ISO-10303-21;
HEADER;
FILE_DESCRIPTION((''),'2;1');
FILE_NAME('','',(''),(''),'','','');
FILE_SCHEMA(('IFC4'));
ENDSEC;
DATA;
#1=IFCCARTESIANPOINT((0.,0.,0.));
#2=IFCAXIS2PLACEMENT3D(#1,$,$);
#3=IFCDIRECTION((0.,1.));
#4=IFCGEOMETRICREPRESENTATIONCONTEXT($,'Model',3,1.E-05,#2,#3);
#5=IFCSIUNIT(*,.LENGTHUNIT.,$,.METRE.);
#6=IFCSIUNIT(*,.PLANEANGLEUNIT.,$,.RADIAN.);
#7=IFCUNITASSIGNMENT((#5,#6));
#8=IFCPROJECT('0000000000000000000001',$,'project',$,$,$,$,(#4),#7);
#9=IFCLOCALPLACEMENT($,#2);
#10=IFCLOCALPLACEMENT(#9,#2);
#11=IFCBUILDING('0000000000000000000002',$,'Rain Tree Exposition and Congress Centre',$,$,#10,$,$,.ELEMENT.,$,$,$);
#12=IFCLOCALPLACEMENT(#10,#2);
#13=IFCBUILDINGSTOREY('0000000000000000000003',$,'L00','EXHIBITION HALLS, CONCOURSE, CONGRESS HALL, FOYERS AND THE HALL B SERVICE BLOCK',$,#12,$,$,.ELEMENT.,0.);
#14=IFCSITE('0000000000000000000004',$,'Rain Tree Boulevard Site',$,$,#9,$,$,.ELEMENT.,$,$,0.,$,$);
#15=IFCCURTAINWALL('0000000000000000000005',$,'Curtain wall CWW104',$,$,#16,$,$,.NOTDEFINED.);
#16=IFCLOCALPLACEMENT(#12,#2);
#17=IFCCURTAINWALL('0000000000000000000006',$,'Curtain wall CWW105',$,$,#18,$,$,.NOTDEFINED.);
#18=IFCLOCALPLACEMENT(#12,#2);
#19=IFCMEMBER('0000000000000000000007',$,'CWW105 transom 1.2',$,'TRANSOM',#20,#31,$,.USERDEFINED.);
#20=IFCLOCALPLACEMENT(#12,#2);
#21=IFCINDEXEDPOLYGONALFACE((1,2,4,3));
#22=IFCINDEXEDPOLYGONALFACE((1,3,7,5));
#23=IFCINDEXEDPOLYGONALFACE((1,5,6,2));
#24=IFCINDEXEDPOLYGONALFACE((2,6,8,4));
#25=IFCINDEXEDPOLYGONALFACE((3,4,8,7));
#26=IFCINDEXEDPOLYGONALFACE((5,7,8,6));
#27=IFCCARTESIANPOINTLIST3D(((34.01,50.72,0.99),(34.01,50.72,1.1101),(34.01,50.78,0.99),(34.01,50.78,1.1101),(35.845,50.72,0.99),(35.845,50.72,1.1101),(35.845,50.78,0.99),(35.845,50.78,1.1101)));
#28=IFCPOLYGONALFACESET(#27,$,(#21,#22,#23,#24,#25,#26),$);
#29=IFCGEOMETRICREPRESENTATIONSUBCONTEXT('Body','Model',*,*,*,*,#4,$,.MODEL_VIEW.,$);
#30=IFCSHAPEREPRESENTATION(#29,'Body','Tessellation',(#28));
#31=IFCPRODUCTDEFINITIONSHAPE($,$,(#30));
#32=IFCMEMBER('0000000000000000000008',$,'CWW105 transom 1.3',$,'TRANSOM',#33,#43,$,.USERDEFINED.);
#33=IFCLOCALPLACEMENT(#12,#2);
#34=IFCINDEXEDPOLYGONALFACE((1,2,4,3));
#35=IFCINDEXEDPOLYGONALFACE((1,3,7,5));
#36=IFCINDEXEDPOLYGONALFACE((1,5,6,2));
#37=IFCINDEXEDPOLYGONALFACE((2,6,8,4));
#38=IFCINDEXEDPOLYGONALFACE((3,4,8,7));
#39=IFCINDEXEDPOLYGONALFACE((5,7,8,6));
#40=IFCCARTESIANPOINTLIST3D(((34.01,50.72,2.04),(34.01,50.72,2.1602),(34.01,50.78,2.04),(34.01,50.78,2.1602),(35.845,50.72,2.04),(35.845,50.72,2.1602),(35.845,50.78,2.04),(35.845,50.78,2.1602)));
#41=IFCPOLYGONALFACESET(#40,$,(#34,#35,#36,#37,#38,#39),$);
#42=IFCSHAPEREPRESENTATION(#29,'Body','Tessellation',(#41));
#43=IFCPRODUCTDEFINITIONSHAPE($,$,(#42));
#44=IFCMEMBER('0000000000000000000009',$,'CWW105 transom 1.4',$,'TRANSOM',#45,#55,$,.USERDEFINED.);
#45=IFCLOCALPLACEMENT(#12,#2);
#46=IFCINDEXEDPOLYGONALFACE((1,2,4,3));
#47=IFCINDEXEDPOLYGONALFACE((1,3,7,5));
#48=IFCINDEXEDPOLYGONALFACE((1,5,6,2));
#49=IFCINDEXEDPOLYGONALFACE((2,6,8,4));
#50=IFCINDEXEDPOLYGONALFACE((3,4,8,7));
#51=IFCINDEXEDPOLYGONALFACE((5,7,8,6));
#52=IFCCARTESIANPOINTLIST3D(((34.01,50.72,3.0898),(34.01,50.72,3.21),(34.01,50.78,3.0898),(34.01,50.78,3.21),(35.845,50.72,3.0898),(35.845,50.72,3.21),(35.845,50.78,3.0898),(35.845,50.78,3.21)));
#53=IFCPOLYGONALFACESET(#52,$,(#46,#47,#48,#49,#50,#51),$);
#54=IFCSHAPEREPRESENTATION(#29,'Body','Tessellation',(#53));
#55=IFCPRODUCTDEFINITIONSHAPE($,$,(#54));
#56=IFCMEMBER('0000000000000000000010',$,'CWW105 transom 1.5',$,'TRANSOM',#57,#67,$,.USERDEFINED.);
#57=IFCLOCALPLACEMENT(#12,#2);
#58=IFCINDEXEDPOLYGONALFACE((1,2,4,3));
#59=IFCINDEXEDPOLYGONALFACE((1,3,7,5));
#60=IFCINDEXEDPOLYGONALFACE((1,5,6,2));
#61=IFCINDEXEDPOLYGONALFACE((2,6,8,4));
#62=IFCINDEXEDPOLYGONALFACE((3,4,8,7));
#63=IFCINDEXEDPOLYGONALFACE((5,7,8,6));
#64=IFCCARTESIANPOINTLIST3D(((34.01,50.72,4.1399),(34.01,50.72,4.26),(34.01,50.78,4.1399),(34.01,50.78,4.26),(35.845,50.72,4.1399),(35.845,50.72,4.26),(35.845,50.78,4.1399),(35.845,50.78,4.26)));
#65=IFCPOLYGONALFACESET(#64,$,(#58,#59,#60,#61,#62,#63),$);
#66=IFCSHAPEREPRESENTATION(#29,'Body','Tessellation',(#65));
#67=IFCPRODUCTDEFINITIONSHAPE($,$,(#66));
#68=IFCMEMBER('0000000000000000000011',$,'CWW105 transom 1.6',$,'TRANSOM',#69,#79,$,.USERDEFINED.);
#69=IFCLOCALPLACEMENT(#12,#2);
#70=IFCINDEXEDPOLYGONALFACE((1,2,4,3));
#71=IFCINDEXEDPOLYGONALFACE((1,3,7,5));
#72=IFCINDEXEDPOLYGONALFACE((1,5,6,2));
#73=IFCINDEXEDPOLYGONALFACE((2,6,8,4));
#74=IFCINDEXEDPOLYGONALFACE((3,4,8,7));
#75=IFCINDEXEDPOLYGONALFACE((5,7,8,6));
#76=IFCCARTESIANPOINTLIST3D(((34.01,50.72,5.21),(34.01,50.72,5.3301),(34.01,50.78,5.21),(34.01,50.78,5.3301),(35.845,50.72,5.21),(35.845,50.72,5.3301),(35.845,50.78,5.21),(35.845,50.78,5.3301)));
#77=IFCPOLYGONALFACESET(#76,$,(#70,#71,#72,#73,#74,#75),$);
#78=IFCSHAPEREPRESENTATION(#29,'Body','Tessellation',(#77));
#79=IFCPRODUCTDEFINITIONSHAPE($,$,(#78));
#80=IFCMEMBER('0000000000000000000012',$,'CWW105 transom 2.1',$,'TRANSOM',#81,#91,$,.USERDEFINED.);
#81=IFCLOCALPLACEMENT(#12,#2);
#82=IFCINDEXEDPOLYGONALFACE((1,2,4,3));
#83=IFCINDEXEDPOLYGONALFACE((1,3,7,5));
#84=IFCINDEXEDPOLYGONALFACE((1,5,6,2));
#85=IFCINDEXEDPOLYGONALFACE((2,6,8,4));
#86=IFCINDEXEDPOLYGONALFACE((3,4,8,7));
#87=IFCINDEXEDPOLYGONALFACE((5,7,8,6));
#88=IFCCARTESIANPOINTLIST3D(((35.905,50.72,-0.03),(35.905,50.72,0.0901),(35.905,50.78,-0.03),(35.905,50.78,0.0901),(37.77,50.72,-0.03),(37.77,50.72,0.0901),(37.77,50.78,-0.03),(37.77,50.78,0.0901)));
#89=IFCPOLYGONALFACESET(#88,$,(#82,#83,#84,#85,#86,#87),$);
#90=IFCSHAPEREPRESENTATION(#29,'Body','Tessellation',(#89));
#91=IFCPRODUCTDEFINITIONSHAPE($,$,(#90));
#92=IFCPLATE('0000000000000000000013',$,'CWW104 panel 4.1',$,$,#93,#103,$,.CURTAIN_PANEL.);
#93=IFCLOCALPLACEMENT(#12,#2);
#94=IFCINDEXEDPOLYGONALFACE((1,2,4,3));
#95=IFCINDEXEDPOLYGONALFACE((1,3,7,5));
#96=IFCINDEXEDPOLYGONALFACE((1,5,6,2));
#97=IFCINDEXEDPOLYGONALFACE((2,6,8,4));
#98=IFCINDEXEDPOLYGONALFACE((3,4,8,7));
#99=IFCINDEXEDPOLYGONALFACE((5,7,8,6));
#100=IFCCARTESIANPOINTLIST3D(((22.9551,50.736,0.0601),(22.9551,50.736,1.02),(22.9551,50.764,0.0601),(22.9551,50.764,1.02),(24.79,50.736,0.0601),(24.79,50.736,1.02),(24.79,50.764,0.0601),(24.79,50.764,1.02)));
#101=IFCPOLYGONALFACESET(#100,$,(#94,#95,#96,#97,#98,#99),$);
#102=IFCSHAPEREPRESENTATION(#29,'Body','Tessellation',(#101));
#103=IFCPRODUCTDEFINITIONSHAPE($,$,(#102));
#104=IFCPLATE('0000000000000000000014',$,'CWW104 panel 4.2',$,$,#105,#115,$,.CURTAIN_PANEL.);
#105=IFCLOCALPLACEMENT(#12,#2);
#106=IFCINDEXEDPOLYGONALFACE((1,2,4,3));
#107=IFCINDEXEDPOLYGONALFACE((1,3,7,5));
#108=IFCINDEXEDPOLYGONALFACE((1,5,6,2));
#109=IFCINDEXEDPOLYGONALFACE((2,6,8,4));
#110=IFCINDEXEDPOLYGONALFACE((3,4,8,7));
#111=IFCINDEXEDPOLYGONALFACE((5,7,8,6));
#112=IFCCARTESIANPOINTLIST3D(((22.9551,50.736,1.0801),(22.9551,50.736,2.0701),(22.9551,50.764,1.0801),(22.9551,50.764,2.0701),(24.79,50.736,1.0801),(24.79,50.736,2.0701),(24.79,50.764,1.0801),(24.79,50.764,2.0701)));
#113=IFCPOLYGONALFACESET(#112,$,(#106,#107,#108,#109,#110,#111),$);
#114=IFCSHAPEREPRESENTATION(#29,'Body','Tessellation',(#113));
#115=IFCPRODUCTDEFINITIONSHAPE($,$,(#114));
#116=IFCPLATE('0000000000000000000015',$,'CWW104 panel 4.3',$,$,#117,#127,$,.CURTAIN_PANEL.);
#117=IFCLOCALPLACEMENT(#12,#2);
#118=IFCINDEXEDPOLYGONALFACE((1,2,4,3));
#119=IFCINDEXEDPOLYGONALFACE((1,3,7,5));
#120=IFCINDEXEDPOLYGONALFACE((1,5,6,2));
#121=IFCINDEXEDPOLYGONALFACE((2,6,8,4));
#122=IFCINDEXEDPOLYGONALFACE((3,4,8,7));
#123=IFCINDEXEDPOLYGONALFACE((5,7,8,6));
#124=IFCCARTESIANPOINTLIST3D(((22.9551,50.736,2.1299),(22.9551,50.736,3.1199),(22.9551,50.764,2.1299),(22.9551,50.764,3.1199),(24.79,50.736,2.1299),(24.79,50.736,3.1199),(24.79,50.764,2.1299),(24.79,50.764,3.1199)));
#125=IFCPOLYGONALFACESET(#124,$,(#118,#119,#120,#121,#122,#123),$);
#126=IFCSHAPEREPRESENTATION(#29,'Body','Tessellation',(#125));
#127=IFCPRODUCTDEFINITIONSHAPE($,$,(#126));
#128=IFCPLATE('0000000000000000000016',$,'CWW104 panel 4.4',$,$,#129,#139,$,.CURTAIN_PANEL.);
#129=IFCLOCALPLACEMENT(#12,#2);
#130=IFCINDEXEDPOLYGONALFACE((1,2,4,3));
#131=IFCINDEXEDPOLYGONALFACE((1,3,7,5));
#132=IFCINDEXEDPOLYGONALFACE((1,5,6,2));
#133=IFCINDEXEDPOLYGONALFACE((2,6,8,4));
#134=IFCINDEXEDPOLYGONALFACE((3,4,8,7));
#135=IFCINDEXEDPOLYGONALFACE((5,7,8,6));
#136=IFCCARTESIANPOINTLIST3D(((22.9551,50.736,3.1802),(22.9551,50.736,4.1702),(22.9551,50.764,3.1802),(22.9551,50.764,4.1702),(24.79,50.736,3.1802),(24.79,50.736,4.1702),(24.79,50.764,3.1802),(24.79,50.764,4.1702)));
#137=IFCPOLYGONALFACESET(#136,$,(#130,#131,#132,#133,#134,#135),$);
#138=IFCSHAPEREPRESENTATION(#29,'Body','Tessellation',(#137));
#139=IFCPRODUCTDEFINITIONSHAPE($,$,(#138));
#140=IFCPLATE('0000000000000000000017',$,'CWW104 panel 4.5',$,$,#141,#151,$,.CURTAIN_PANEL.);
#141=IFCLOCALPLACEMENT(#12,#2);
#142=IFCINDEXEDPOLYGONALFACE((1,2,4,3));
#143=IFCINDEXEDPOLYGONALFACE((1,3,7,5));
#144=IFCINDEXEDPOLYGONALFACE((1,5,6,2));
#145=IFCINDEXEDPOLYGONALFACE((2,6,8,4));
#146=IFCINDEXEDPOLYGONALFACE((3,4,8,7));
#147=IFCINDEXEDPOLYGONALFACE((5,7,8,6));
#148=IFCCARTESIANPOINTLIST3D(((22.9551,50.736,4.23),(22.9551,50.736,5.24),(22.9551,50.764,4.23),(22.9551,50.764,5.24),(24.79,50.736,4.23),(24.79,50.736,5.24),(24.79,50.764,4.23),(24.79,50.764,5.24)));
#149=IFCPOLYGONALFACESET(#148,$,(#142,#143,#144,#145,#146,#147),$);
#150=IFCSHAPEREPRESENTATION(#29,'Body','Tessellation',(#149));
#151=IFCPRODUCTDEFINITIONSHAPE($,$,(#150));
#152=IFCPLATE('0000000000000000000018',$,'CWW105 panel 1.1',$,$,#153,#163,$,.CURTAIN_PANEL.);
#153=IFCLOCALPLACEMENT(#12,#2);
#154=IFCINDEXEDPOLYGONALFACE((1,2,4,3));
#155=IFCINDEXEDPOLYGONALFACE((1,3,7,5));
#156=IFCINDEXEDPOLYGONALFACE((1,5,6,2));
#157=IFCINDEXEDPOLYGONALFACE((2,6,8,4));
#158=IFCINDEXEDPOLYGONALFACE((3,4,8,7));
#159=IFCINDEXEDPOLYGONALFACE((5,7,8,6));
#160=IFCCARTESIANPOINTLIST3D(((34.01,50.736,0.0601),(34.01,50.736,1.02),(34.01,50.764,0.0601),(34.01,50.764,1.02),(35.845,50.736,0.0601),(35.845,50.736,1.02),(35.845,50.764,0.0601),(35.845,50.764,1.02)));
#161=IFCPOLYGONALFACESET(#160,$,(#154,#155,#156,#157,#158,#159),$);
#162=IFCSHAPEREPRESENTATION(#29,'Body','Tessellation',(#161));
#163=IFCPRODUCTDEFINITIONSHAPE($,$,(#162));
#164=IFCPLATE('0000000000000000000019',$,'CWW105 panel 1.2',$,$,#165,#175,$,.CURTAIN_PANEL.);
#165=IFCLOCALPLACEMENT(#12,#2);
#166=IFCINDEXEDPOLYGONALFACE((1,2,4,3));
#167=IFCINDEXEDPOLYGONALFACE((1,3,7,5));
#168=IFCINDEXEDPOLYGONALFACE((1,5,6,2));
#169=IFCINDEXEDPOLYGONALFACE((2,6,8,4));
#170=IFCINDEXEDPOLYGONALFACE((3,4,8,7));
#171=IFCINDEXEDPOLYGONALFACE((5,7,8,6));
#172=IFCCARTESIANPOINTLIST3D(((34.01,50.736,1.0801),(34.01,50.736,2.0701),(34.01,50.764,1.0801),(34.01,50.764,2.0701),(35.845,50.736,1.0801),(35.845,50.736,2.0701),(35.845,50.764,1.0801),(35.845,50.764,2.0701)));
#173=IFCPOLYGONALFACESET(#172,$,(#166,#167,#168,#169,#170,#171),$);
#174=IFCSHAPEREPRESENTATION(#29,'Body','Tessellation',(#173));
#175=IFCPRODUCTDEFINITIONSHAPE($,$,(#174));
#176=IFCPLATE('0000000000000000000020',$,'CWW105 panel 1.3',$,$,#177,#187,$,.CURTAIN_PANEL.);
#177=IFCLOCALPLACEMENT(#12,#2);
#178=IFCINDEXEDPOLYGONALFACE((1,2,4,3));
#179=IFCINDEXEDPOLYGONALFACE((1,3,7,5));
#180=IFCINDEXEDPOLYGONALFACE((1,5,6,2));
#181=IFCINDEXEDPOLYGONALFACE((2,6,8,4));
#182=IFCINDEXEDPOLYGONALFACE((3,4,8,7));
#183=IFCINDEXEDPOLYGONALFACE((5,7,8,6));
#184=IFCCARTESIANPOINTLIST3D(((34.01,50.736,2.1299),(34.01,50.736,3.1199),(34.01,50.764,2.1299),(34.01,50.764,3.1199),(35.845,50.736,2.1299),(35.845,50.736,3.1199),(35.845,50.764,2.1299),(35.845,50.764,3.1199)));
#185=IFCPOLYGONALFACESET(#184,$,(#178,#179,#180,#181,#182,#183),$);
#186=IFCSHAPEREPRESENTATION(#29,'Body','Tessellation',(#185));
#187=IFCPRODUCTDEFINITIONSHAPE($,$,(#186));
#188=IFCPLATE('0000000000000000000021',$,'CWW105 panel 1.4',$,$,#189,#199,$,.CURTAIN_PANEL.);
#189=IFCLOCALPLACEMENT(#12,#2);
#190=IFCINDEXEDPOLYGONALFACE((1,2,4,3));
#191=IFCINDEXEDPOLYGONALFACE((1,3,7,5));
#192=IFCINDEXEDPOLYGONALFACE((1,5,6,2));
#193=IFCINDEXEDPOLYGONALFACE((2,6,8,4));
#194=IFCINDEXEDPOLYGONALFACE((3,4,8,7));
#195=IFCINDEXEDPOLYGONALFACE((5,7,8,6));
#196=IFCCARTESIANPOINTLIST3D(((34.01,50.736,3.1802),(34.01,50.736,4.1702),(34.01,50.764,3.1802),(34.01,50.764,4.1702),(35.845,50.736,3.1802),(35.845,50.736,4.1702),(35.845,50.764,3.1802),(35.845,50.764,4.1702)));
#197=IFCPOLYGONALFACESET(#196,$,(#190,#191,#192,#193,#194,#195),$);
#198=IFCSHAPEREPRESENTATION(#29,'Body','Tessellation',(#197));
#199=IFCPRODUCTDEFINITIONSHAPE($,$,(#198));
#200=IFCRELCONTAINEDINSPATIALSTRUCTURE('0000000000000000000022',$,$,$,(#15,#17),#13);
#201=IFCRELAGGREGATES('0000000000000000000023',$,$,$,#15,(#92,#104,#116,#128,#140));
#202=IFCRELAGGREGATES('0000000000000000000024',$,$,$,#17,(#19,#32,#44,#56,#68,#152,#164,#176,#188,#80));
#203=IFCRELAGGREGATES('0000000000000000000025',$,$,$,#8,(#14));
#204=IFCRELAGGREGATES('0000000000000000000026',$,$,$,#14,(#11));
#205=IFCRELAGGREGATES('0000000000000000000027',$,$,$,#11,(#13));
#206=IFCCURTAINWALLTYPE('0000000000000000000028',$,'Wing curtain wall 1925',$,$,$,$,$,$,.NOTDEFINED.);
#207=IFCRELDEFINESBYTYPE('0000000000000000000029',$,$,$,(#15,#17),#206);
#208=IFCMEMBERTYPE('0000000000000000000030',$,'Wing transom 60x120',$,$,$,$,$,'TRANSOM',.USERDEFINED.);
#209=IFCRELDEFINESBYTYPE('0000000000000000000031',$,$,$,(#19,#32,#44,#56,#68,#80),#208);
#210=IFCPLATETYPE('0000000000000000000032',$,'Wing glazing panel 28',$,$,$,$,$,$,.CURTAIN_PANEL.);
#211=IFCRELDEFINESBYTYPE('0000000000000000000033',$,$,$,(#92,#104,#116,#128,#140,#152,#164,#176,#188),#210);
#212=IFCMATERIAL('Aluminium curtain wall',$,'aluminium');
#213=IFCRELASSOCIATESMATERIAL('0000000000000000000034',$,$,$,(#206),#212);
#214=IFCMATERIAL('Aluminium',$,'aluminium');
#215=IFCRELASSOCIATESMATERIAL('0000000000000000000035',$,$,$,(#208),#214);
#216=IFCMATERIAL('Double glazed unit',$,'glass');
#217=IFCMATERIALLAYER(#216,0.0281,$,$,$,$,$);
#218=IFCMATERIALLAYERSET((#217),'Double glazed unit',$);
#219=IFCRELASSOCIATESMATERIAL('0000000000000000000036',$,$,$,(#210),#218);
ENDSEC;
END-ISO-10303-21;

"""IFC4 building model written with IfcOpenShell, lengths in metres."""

from ifc_helpers import new_model, si_unit, direction, frame, origin, origin_2d, place, context, subcontext, project, spatial, rectangle, extrude, material, layer, layer_set, material_profile, profile_set, type_object, element, aggregate, save


model = new_model("IFC4")

# Units and contexts
model_context = context("Model", 3, precision=1e-05, world=origin(), true_north=direction((0.0, 1.0)))
body_context = subcontext(model_context, "Body", "Model", "MODEL_VIEW")
ifc_project = project(units=[si_unit("LENGTHUNIT", "METRE"), si_unit("PLANEANGLEUNIT", "RADIAN")], contexts=[model_context])

# Site, building, storey
site_placement = place(None, origin())
site = spatial("IfcSite", under=ifc_project, at=site_placement, Name="Rain Tree Boulevard Site", CompositionType="ELEMENT", RefElevation=0.0)
building_placement = place(site_placement, origin())
building = spatial("IfcBuilding", under=site, at=building_placement, Name="Rain Tree Exposition and Congress Centre", CompositionType="ELEMENT")
storey_placement = place(building_placement, origin())
storey = spatial("IfcBuildingStorey", under=building, at=storey_placement, Name="L00", Description="EXHIBITION HALLS, CONCOURSE, CONGRESS HALL, FOYERS AND THE HALL B SERVICE BLOCK", CompositionType="ELEMENT", Elevation=0.0)

# Curtain wall
ifc_material_1 = material(Name="Aluminium curtain wall", Category="aluminium")
curtain_wall_type = type_object("IfcCurtainWallType", Name="Wing curtain wall 1925", PredefinedType="NOTDEFINED", material=ifc_material_1)
curtain_wall_1_placement = place(storey_placement, origin())
curtain_wall_1 = element("IfcCurtainWall", 1, at=curtain_wall_1_placement, inside=storey, type_object=curtain_wall_type, Name="Curtain wall CWW104", PredefinedType="NOTDEFINED")

# Curtain wall
curtain_wall_2_placement = place(storey_placement, origin())
curtain_wall_2 = element("IfcCurtainWall", 2, at=curtain_wall_2_placement, inside=storey, type_object=curtain_wall_type, Name="Curtain wall CWW105", PredefinedType="NOTDEFINED")

# Members
ifc_material_2 = material(Name="Aluminium", Category="aluminium")
ifc_material_profile_1 = material_profile(ifc_material_2, rectangle(XDim=0.0601, YDim=0.1201, at=origin_2d()), Name="Aluminium 60x120")
ifc_profile_set_1 = profile_set([ifc_material_profile_1], Name="Aluminium")
member_type_1 = type_object("IfcMemberType", Name="Wing transom 60x120", ElementType="TRANSOM", PredefinedType="USERDEFINED", material=ifc_profile_set_1)
member_1_placement = place(storey_placement, frame((34.01, 50.75, 1.05), z_axis=(1.0, 0.0, 0.0), x_axis=(0.0, 1.0, 0.0)))
member_1 = element("IfcMember", 3, at=member_1_placement, type_object=member_type_1, Name="CWW105 transom 1.2", ObjectType="TRANSOM", PredefinedType="USERDEFINED", context=body_context, shape_type="SweptSolid", body=[
    extrude(rectangle(XDim=0.0601, YDim=0.1201, at=origin_2d()), origin(), (0.0, 0.0, 1.0), 1.835),
])
member_2_placement = place(storey_placement, frame((34.01, 50.75, 2.1001), z_axis=(1.0, 0.0, 0.0), x_axis=(0.0, 1.0, 0.0)))
member_2 = element("IfcMember", 4, at=member_2_placement, type_object=member_type_1, Name="CWW105 transom 1.3", ObjectType="TRANSOM", PredefinedType="USERDEFINED", context=body_context, shape_type="SweptSolid", body=[
    extrude(rectangle(XDim=0.0601, YDim=0.1201, at=origin_2d()), origin(), (0.0, 0.0, 1.0), 1.835),
])
member_3_placement = place(storey_placement, frame((34.01, 50.75, 3.1499), z_axis=(1.0, 0.0, 0.0), x_axis=(0.0, 1.0, 0.0)))
member_3 = element("IfcMember", 5, at=member_3_placement, type_object=member_type_1, Name="CWW105 transom 1.4", ObjectType="TRANSOM", PredefinedType="USERDEFINED", context=body_context, shape_type="SweptSolid", body=[
    extrude(rectangle(XDim=0.0601, YDim=0.1201, at=origin_2d()), origin(), (0.0, 0.0, 1.0), 1.835),
])
member_4_placement = place(storey_placement, frame((34.01, 50.75, 4.2), z_axis=(1.0, 0.0, 0.0), x_axis=(0.0, 1.0, 0.0)))
member_4 = element("IfcMember", 6, at=member_4_placement, type_object=member_type_1, Name="CWW105 transom 1.5", ObjectType="TRANSOM", PredefinedType="USERDEFINED", context=body_context, shape_type="SweptSolid", body=[
    extrude(rectangle(XDim=0.0601, YDim=0.1201, at=origin_2d()), origin(), (0.0, 0.0, 1.0), 1.835),
])
member_5_placement = place(storey_placement, frame((34.01, 50.75, 5.27), z_axis=(1.0, 0.0, 0.0), x_axis=(0.0, 1.0, 0.0)))
member_5 = element("IfcMember", 7, at=member_5_placement, type_object=member_type_1, Name="CWW105 transom 1.6", ObjectType="TRANSOM", PredefinedType="USERDEFINED", context=body_context, shape_type="SweptSolid", body=[
    extrude(rectangle(XDim=0.0601, YDim=0.1201, at=origin_2d()), origin(), (0.0, 0.0, 1.0), 1.835),
])
member_6_placement = place(storey_placement, frame((35.905, 50.75, 0.03), z_axis=(1.0, 0.0, 0.0), x_axis=(0.0, 1.0, 0.0)))
member_6 = element("IfcMember", 8, at=member_6_placement, type_object=member_type_1, Name="CWW105 transom 2.1", ObjectType="TRANSOM", PredefinedType="USERDEFINED", context=body_context, shape_type="SweptSolid", body=[
    extrude(rectangle(XDim=0.0601, YDim=0.1201, at=origin_2d()), origin(), (0.0, 0.0, 1.0), 1.865),
])

# Plates
ifc_material_3 = material(Name="Double glazed unit", Category="glass")
ifc_layer_1 = layer(ifc_material_3, 0.0281)
ifc_layer_set_1 = layer_set([ifc_layer_1], Name="Double glazed unit")
plate_type = type_object("IfcPlateType", Name="Wing glazing panel 28", PredefinedType="CURTAIN_PANEL", material=ifc_layer_set_1)
plate_1_placement = place(storey_placement, frame((23.8726, 50.75, 0.0601), z_axis=(0.0, 0.0, 1.0), x_axis=(1.0, 0.0, 0.0)))
plate_1 = element("IfcPlate", 9, at=plate_1_placement, type_object=plate_type, Name="CWW104 panel 4.1", PredefinedType="CURTAIN_PANEL", context=body_context, shape_type="SweptSolid", body=[
    extrude(rectangle(XDim=1.835, YDim=0.0281, at=origin_2d()), origin(), (0.0, 0.0, 1.0), 0.96),
])
plate_2_placement = place(storey_placement, frame((23.8726, 50.75, 1.0801), z_axis=(0.0, 0.0, 1.0), x_axis=(1.0, 0.0, 0.0)))
plate_2 = element("IfcPlate", 10, at=plate_2_placement, type_object=plate_type, Name="CWW104 panel 4.2", PredefinedType="CURTAIN_PANEL", context=body_context, shape_type="SweptSolid", body=[
    extrude(rectangle(XDim=1.835, YDim=0.0281, at=origin_2d()), origin(), (0.0, 0.0, 1.0), 0.99),
])
plate_3_placement = place(storey_placement, frame((23.8726, 50.75, 2.1299), z_axis=(0.0, 0.0, 1.0), x_axis=(1.0, 0.0, 0.0)))
plate_3 = element("IfcPlate", 11, at=plate_3_placement, type_object=plate_type, Name="CWW104 panel 4.3", PredefinedType="CURTAIN_PANEL", context=body_context, shape_type="SweptSolid", body=[
    extrude(rectangle(XDim=1.835, YDim=0.0281, at=origin_2d()), origin(), (0.0, 0.0, 1.0), 0.99),
])
plate_4_placement = place(storey_placement, frame((23.8726, 50.75, 3.1802), z_axis=(0.0, 0.0, 1.0), x_axis=(1.0, 0.0, 0.0)))
plate_4 = element("IfcPlate", 12, at=plate_4_placement, type_object=plate_type, Name="CWW104 panel 4.4", PredefinedType="CURTAIN_PANEL", context=body_context, shape_type="SweptSolid", body=[
    extrude(rectangle(XDim=1.835, YDim=0.0281, at=origin_2d()), origin(), (0.0, 0.0, 1.0), 0.99),
])
plate_5_placement = place(storey_placement, frame((23.8726, 50.75, 4.23), z_axis=(0.0, 0.0, 1.0), x_axis=(1.0, 0.0, 0.0)))
plate_5 = element("IfcPlate", 13, at=plate_5_placement, type_object=plate_type, Name="CWW104 panel 4.5", PredefinedType="CURTAIN_PANEL", context=body_context, shape_type="SweptSolid", body=[
    extrude(rectangle(XDim=1.835, YDim=0.0281, at=origin_2d()), origin(), (0.0, 0.0, 1.0), 1.01),
])
aggregate(curtain_wall_1, [plate_1, plate_2, plate_3, plate_4, plate_5])
plate_6_placement = place(storey_placement, frame((34.9275, 50.75, 0.0601), z_axis=(0.0, 0.0, 1.0), x_axis=(1.0, 0.0, 0.0)))
plate_6 = element("IfcPlate", 14, at=plate_6_placement, type_object=plate_type, Name="CWW105 panel 1.1", PredefinedType="CURTAIN_PANEL", context=body_context, shape_type="SweptSolid", body=[
    extrude(rectangle(XDim=1.835, YDim=0.0281, at=origin_2d()), origin(), (0.0, 0.0, 1.0), 0.96),
])
plate_7_placement = place(storey_placement, frame((34.9275, 50.75, 1.0801), z_axis=(0.0, 0.0, 1.0), x_axis=(1.0, 0.0, 0.0)))
plate_7 = element("IfcPlate", 15, at=plate_7_placement, type_object=plate_type, Name="CWW105 panel 1.2", PredefinedType="CURTAIN_PANEL", context=body_context, shape_type="SweptSolid", body=[
    extrude(rectangle(XDim=1.835, YDim=0.0281, at=origin_2d()), origin(), (0.0, 0.0, 1.0), 0.99),
])
plate_8_placement = place(storey_placement, frame((34.9275, 50.75, 2.1299), z_axis=(0.0, 0.0, 1.0), x_axis=(1.0, 0.0, 0.0)))
plate_8 = element("IfcPlate", 16, at=plate_8_placement, type_object=plate_type, Name="CWW105 panel 1.3", PredefinedType="CURTAIN_PANEL", context=body_context, shape_type="SweptSolid", body=[
    extrude(rectangle(XDim=1.835, YDim=0.0281, at=origin_2d()), origin(), (0.0, 0.0, 1.0), 0.99),
])
plate_9_placement = place(storey_placement, frame((34.9275, 50.75, 3.1802), z_axis=(0.0, 0.0, 1.0), x_axis=(1.0, 0.0, 0.0)))
plate_9 = element("IfcPlate", 17, at=plate_9_placement, type_object=plate_type, Name="CWW105 panel 1.4", PredefinedType="CURTAIN_PANEL", context=body_context, shape_type="SweptSolid", body=[
    extrude(rectangle(XDim=1.835, YDim=0.0281, at=origin_2d()), origin(), (0.0, 0.0, 1.0), 0.99),
])
aggregate(curtain_wall_2, [member_1, member_2, member_3, member_4, member_5, plate_6, plate_7, plate_8, plate_9, member_6])

save(model, "model.ifc")
